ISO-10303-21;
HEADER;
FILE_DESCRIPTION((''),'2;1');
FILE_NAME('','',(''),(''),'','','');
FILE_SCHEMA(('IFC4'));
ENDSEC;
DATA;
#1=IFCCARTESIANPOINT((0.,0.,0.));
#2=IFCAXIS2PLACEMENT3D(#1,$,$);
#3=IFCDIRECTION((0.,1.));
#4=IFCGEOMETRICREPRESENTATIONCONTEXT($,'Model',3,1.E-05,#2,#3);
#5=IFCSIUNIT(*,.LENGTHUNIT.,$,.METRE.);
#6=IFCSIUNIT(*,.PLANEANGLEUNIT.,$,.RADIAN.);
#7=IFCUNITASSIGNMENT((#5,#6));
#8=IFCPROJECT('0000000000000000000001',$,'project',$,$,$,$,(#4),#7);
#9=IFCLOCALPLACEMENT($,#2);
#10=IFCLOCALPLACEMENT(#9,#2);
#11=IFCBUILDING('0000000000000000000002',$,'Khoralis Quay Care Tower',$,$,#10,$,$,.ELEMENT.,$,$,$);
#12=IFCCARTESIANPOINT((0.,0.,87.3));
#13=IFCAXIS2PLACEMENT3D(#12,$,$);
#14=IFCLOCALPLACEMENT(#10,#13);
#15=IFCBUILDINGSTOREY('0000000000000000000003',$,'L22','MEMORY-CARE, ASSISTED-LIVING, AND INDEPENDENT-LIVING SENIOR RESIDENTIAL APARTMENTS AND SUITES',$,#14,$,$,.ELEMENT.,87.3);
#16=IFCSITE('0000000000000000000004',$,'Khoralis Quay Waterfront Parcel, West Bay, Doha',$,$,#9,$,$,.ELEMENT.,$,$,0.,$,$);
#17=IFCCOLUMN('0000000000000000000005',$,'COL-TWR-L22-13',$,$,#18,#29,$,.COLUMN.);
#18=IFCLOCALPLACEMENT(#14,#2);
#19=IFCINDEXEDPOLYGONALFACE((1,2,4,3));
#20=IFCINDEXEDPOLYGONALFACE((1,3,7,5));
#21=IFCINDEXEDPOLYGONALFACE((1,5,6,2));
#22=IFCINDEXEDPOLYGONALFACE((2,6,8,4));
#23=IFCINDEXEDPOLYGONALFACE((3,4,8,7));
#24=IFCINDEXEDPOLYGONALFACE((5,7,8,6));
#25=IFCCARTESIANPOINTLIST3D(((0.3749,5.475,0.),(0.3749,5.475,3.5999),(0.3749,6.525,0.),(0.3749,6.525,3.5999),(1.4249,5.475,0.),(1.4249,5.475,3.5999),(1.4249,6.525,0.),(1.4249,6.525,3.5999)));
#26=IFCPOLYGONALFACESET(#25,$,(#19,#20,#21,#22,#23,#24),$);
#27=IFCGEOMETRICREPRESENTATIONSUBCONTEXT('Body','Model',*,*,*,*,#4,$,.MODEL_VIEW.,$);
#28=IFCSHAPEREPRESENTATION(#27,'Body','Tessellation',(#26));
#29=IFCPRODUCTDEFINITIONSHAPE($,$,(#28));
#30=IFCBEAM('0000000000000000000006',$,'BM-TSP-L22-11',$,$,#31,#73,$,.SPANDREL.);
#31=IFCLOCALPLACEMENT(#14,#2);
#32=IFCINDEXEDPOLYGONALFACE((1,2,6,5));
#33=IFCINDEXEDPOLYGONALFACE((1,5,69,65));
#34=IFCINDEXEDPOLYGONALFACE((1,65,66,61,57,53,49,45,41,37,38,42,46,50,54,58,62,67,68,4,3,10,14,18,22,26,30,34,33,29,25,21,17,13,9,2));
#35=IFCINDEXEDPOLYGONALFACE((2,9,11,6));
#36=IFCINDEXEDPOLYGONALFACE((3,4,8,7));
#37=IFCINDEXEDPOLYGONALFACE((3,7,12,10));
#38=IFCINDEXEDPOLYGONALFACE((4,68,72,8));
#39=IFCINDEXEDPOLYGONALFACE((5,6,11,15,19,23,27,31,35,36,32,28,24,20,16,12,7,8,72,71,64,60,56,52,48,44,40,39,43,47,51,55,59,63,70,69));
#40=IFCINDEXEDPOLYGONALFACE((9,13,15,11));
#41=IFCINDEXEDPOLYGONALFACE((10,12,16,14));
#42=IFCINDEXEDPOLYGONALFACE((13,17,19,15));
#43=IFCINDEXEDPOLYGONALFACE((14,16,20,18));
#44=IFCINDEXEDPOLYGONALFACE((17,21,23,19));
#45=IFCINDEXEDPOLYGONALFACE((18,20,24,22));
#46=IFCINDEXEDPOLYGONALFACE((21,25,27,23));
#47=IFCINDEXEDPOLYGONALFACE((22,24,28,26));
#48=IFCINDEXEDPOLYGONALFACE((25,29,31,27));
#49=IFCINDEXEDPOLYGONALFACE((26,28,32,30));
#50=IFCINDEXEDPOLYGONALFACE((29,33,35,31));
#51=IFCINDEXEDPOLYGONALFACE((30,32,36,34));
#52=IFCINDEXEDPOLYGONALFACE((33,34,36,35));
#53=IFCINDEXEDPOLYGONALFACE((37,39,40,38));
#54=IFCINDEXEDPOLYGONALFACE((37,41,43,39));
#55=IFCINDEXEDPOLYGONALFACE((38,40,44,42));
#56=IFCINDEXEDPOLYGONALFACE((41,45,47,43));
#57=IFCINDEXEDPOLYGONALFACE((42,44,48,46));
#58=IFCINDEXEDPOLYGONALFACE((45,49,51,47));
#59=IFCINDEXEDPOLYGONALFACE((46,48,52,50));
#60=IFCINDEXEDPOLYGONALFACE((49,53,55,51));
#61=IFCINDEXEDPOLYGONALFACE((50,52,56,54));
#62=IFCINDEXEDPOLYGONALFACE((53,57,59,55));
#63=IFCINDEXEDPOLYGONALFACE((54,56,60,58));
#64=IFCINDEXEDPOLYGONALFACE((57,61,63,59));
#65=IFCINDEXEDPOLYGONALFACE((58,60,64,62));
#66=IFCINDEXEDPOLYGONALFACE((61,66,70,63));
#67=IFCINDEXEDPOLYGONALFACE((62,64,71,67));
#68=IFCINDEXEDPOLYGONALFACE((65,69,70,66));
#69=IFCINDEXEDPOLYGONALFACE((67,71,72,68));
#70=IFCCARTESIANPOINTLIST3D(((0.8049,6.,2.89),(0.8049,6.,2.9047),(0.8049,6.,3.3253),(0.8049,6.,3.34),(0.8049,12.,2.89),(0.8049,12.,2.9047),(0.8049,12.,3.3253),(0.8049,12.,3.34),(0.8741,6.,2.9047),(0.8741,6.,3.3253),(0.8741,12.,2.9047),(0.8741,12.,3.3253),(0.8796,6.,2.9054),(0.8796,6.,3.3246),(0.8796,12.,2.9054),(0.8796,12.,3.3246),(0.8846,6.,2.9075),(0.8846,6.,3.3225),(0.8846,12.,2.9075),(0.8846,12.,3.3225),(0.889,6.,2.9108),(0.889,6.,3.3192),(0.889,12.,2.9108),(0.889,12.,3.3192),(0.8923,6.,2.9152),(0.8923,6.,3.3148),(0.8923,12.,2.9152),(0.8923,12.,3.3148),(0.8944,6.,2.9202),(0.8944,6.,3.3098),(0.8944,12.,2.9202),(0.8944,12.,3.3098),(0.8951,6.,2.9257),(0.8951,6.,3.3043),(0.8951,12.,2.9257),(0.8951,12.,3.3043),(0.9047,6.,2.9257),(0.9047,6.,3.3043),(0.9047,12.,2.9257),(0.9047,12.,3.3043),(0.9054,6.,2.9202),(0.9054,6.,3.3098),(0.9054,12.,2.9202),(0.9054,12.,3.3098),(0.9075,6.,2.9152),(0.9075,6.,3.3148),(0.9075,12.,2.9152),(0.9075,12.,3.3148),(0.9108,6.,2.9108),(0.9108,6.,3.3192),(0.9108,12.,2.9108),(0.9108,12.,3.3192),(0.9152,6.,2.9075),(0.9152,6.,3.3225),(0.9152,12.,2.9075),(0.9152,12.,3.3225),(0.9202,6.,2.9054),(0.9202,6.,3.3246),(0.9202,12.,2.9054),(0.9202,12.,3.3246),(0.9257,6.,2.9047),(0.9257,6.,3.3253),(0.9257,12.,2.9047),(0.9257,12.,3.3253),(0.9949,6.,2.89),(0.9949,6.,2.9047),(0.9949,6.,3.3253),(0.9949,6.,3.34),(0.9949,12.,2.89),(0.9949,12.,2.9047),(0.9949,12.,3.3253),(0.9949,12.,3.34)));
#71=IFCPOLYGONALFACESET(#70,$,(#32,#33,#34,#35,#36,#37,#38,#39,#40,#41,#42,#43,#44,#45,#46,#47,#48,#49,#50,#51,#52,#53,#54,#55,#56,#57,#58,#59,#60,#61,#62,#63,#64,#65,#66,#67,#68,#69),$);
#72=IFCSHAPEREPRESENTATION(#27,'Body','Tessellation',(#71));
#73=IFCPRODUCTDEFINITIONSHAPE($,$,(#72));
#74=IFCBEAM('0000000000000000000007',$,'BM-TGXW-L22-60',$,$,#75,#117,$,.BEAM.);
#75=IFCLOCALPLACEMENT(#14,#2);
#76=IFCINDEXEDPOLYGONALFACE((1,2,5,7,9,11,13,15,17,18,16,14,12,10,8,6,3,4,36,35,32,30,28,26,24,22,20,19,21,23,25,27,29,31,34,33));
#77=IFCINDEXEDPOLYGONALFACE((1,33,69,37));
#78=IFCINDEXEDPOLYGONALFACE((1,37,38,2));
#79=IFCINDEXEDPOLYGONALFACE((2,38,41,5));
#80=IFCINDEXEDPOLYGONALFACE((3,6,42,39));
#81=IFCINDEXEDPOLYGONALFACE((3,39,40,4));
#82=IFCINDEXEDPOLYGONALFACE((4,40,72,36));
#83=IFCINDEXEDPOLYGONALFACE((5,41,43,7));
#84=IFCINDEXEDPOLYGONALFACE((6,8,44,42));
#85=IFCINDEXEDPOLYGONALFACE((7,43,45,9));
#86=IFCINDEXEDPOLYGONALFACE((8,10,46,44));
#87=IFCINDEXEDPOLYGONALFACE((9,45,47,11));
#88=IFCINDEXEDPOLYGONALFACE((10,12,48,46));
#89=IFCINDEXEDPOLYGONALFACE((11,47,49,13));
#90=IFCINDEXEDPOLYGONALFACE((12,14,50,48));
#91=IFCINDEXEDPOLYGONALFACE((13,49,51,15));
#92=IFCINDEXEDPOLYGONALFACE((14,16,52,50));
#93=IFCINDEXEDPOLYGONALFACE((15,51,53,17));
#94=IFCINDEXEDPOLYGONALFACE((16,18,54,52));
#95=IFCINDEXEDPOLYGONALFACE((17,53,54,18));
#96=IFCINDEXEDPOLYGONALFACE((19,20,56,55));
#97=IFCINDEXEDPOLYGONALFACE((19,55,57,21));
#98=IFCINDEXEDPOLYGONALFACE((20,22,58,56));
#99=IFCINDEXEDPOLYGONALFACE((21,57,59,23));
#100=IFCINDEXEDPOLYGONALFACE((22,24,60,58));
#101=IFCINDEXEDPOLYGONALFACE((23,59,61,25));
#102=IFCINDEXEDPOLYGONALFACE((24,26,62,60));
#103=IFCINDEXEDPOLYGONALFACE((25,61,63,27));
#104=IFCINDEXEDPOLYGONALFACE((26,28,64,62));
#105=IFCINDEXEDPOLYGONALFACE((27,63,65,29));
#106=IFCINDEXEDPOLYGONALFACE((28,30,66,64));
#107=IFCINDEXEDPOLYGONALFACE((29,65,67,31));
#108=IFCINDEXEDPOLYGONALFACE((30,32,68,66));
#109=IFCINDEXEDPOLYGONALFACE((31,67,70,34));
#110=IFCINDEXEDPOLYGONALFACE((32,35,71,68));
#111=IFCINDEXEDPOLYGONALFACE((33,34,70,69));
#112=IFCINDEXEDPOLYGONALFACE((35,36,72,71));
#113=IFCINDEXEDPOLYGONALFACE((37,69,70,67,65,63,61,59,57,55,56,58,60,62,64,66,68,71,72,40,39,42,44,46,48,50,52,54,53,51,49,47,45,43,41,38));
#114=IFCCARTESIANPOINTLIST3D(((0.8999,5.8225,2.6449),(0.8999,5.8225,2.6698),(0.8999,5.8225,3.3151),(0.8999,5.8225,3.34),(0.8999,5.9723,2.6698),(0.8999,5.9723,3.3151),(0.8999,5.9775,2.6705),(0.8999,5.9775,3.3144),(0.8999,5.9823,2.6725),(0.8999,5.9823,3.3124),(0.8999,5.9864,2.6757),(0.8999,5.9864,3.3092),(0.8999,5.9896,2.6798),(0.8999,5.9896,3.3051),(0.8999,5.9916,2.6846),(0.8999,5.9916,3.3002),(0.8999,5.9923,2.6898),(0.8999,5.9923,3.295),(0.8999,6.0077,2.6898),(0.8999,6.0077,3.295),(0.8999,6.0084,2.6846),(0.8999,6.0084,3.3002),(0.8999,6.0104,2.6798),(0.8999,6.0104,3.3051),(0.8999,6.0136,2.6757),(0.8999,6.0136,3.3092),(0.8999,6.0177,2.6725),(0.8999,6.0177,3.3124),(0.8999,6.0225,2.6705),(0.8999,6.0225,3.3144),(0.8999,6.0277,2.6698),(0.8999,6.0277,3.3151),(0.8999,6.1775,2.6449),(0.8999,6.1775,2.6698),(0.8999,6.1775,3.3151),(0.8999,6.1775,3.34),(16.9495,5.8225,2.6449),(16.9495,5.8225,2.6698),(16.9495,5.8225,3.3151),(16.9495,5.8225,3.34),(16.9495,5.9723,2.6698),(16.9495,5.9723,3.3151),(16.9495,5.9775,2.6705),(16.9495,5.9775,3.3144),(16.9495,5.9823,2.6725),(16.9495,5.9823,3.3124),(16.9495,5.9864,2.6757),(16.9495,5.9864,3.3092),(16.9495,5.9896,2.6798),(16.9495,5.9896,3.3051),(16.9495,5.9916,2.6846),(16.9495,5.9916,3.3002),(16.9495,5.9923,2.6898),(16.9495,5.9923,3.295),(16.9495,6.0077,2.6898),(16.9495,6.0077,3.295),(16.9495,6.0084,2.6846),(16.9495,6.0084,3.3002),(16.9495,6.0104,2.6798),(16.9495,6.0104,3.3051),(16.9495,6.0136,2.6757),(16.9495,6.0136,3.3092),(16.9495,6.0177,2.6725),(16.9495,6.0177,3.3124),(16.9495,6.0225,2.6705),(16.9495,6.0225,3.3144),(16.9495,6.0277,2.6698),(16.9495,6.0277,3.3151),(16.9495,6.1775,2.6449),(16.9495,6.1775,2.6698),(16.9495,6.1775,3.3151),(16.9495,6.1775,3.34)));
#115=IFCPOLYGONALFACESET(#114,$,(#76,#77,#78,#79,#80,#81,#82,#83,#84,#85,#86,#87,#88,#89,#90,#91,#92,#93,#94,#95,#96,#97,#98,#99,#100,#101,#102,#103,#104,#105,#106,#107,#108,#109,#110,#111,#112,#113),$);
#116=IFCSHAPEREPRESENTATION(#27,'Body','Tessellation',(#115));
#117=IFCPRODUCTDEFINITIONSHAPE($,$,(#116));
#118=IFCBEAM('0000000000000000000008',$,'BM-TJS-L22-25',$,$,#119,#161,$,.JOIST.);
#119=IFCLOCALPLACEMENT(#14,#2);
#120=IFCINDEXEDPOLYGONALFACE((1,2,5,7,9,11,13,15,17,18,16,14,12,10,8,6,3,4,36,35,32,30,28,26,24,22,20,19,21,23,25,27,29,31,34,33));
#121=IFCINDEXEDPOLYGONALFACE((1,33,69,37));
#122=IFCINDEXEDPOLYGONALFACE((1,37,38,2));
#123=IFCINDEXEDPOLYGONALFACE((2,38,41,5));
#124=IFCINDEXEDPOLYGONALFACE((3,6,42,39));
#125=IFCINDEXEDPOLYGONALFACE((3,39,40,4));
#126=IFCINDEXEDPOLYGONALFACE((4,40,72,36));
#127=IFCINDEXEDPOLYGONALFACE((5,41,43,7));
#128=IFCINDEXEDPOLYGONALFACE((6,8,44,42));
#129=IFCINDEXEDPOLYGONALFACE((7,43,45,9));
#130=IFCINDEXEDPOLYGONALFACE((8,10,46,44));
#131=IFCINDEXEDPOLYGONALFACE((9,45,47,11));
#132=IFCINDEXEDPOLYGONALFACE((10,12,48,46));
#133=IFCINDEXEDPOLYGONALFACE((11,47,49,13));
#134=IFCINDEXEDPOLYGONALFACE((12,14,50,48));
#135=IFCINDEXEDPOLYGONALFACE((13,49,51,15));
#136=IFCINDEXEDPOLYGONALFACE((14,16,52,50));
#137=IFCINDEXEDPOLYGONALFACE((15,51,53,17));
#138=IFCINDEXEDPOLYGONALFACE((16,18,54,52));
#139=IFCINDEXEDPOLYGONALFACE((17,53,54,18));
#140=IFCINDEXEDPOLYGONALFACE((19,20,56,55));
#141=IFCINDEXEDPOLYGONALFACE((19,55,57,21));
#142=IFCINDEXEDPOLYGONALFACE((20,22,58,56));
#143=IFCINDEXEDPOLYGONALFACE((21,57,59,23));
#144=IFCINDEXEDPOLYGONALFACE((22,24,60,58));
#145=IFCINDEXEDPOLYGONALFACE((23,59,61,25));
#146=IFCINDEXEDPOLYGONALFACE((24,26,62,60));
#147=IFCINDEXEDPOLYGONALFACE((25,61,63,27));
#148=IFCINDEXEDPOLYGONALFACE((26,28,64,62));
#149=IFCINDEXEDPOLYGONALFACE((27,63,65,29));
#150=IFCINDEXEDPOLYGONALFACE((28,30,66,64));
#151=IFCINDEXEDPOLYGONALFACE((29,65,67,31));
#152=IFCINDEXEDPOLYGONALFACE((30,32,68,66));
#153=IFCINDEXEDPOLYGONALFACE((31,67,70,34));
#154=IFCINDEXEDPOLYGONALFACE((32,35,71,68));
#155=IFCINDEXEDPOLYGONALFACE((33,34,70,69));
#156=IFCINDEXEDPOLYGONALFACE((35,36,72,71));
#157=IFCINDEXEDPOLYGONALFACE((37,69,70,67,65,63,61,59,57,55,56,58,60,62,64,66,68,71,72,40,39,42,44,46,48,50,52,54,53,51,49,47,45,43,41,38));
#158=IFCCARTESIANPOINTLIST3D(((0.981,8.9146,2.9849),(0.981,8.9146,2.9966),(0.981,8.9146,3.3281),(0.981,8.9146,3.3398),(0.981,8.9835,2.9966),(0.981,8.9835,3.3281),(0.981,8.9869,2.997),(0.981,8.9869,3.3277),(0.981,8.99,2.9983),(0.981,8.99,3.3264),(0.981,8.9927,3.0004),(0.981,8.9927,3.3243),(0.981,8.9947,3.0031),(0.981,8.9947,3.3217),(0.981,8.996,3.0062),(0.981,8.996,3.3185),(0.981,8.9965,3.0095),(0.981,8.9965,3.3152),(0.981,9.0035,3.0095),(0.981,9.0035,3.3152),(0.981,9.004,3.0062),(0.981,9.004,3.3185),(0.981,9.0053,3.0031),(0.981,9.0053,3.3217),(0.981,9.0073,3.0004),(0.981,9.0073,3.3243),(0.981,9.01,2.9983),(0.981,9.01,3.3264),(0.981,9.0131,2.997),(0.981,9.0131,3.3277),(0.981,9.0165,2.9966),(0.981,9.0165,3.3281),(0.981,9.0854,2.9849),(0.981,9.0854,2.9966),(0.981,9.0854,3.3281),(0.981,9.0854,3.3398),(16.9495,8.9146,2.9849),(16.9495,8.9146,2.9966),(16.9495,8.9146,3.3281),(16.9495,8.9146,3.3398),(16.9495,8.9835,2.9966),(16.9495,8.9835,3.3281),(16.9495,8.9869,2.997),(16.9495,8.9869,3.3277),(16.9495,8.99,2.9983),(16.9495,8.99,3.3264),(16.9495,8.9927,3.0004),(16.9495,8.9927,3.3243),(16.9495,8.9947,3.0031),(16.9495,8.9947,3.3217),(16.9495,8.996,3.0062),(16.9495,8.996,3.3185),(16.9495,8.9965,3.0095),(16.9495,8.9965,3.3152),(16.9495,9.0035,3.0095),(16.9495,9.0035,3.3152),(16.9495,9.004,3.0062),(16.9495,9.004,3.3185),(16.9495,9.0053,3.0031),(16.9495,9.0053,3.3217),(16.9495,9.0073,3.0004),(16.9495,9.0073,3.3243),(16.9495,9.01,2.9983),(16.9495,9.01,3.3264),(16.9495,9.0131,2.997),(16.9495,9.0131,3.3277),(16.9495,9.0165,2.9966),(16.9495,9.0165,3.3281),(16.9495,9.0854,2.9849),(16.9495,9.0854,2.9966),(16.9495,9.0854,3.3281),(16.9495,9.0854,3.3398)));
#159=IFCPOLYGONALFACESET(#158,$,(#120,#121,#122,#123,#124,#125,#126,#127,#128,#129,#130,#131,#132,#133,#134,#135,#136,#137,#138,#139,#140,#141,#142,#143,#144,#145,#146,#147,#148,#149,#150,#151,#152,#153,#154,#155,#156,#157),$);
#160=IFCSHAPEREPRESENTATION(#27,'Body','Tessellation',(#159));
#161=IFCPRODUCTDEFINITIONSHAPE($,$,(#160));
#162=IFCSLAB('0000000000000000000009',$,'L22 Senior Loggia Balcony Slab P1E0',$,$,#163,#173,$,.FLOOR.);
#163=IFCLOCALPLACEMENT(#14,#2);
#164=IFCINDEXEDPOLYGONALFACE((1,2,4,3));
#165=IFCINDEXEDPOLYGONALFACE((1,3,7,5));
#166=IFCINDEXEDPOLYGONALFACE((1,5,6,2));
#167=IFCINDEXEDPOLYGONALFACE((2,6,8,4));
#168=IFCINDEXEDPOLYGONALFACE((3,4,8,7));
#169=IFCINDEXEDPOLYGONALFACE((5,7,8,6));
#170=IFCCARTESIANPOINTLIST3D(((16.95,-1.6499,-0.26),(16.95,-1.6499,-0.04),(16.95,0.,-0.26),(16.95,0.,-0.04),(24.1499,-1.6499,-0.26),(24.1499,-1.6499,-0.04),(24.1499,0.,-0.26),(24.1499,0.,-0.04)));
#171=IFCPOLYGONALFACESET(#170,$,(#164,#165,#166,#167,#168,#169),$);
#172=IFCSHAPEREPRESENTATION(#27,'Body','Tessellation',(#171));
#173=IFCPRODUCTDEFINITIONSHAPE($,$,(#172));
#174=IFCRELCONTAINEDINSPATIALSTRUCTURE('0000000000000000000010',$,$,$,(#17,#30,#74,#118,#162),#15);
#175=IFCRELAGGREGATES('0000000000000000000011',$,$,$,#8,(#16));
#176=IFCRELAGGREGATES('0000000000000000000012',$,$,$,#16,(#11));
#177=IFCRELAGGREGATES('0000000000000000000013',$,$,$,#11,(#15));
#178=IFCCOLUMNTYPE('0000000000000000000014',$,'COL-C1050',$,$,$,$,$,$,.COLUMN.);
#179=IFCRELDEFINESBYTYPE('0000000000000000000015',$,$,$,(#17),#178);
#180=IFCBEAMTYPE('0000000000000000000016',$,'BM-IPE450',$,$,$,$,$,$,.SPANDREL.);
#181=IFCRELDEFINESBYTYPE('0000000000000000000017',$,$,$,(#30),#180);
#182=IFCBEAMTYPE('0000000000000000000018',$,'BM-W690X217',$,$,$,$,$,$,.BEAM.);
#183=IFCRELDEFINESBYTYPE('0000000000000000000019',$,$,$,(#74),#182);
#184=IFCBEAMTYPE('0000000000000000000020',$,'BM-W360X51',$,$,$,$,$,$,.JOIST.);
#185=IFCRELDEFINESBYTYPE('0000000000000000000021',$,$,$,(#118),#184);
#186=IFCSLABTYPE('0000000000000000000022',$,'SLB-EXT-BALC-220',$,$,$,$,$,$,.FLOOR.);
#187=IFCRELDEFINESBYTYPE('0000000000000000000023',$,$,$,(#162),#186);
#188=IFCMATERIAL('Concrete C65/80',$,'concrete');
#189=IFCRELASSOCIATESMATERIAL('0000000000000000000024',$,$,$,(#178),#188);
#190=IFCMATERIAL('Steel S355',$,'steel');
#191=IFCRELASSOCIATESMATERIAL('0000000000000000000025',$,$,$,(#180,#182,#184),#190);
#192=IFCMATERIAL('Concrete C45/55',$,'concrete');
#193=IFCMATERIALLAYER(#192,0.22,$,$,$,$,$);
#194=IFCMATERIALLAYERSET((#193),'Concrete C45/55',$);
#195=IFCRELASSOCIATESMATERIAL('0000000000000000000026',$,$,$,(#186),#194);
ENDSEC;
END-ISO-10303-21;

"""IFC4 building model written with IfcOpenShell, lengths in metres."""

from ifc_helpers import new_model, si_unit, direction, frame, origin, origin_2d, place, context, subcontext, project, spatial, polyline, rectangle, i_section, outline, extrude, source, transform, mapped, material, layer, layer_set, material_profile, profile_set, type_object, element, save


model = new_model("IFC4")

# Units and contexts
model_context = context("Model", 3, precision=1e-05, world=origin(), true_north=direction((0.0, 1.0)))
body_context = subcontext(model_context, "Body", "Model", "MODEL_VIEW")
ifc_project = project(units=[si_unit("LENGTHUNIT", "METRE"), si_unit("PLANEANGLEUNIT", "RADIAN")], contexts=[model_context])

# Site, building, storey
site_placement = place(None, origin())
site = spatial("IfcSite", under=ifc_project, at=site_placement, Name="Khoralis Quay Waterfront Parcel, West Bay, Doha", CompositionType="ELEMENT", RefElevation=0.0)
building_placement = place(site_placement, origin())
building = spatial("IfcBuilding", under=site, at=building_placement, Name="Khoralis Quay Care Tower", CompositionType="ELEMENT")
storey_placement = place(building_placement, frame((0.0, 0.0, 87.3)))
storey = spatial("IfcBuildingStorey", under=building, at=storey_placement, Name="L22", Description="MEMORY-CARE, ASSISTED-LIVING, AND INDEPENDENT-LIVING SENIOR RESIDENTIAL APARTMENTS AND SUITES", CompositionType="ELEMENT", Elevation=87.3)

# Column
ifc_material_1 = material(Name="Concrete C65/80", Category="concrete")
ifc_material_profile_1 = material_profile(ifc_material_1, rectangle(XDim=1.05, YDim=1.05, at=origin_2d()), Name="Concrete C65/80")
ifc_profile_set_1 = profile_set([ifc_material_profile_1], Name="Concrete C65/80")
column_type = type_object("IfcColumnType", Name="COL-C1050", PredefinedType="COLUMN", material=ifc_profile_set_1)
shared_shape_1 = source(origin(), body_context, "Body", "SweptSolid", [
    extrude(rectangle(XDim=1.05, YDim=1.05, at=origin_2d()), origin(), (0.0, 0.0, 1.0), 3.5999),
])
column_placement = place(storey_placement, frame((0.8999, 6.0, 0.0), z_axis=(0.0, 0.0, 1.0), x_axis=(1.0, 0.0, 0.0)))
element("IfcColumn", 1, at=column_placement, inside=storey, type_object=column_type, Name="COL-TWR-L22-13", PredefinedType="COLUMN", context=body_context, shape_type="MappedRepresentation", body=[
    mapped(shared_shape_1, transform((0.0, 0.0, 0.0), scale=1.0)),
])

# Beams
ifc_material_2 = material(Name="Steel S355", Category="steel")
ifc_material_profile_2 = material_profile(ifc_material_2, i_section(OverallWidth=0.1899, OverallDepth=0.45, WebThickness=0.0095, FlangeThickness=0.0146, FilletRadius=0.021, at=origin_2d()), Name="Steel S355")
ifc_profile_set_2 = profile_set([ifc_material_profile_2], Name="Steel S355")
beam_type_1 = type_object("IfcBeamType", Name="BM-IPE450", PredefinedType="SPANDREL", material=ifc_profile_set_2)
shared_shape_2 = source(origin(), body_context, "Body", "SweptSolid", [
    extrude(i_section(OverallWidth=0.1899, OverallDepth=0.45, WebThickness=0.0095, FlangeThickness=0.0146, FilletRadius=0.021, at=origin_2d()), origin(), (0.0, 0.0, 1.0), 6.0),
])
beam_1_placement = place(storey_placement, frame((0.8999, 6.0, 3.115), z_axis=(0.0, 1.0, 0.0), x_axis=(-1.0, 0.0, 0.0)))
element("IfcBeam", 2, at=beam_1_placement, inside=storey, type_object=beam_type_1, Name="BM-TSP-L22-11", PredefinedType="SPANDREL", context=body_context, shape_type="MappedRepresentation", body=[
    mapped(shared_shape_2, transform((0.0, 0.0, 0.0), scale=1.0)),
])
ifc_material_profile_3 = material_profile(ifc_material_2, i_section(OverallWidth=0.355, OverallDepth=0.6951, WebThickness=0.0154, FlangeThickness=0.0249, FilletRadius=0.02, at=origin_2d()), Name="Steel S355")
ifc_profile_set_3 = profile_set([ifc_material_profile_3], Name="Steel S355")
beam_type_2 = type_object("IfcBeamType", Name="BM-W690X217", PredefinedType="BEAM", material=ifc_profile_set_3)
shared_shape_3 = source(origin(), body_context, "Body", "SweptSolid", [
    extrude(i_section(OverallWidth=0.355, OverallDepth=0.6951, WebThickness=0.0154, FlangeThickness=0.0249, FilletRadius=0.02, at=origin_2d()), origin(), (0.0, 0.0, 1.0), 16.0496),
])
beam_2_placement = place(storey_placement, frame((0.8999, 6.0, 2.9924), z_axis=(1.0, 0.0, 0.0), x_axis=(0.0, 1.0, 0.0)))
element("IfcBeam", 3, at=beam_2_placement, inside=storey, type_object=beam_type_2, Name="BM-TGXW-L22-60", PredefinedType="BEAM", context=body_context, shape_type="MappedRepresentation", body=[
    mapped(shared_shape_3, transform((0.0, 0.0, 0.0), scale=1.0)),
])
ifc_material_profile_4 = material_profile(ifc_material_2, i_section(OverallWidth=0.1709, OverallDepth=0.355, WebThickness=0.0071, FlangeThickness=0.0117, FilletRadius=0.0129, at=origin_2d()), Name="Steel S355")
ifc_profile_set_4 = profile_set([ifc_material_profile_4], Name="Steel S355")
beam_type_3 = type_object("IfcBeamType", Name="BM-W360X51", PredefinedType="JOIST", material=ifc_profile_set_4)
shared_shape_4 = source(origin(), body_context, "Body", "SweptSolid", [
    extrude(i_section(OverallWidth=0.1709, OverallDepth=0.355, WebThickness=0.0071, FlangeThickness=0.0117, FilletRadius=0.0129, at=origin_2d()), origin(), (0.0, 0.0, 1.0), 15.9685),
])
beam_3_placement = place(storey_placement, frame((0.981, 9.0, 3.1624), z_axis=(1.0, 0.0, 0.0), x_axis=(0.0, 1.0, 0.0)))
element("IfcBeam", 4, at=beam_3_placement, inside=storey, type_object=beam_type_3, Name="BM-TJS-L22-25", PredefinedType="JOIST", context=body_context, shape_type="MappedRepresentation", body=[
    mapped(shared_shape_4, transform((0.0, 0.0, 0.0), scale=1.0)),
])

# Slab
ifc_material_3 = material(Name="Concrete C45/55", Category="concrete")
ifc_layer_1 = layer(ifc_material_3, 0.22)
ifc_layer_set_1 = layer_set([ifc_layer_1], Name="Concrete C45/55")
slab_type_1 = type_object("IfcSlabType", Name="SLB-EXT-BALC-220", PredefinedType="FLOOR", material=ifc_layer_set_1)
slab_1_placement = place(storey_placement, frame((0.0, 0.0, -0.26)))
element("IfcSlab", 5, at=slab_1_placement, inside=storey, type_object=slab_type_1, Name="L22 Senior Loggia Balcony Slab P1E0", PredefinedType="FLOOR", context=body_context, shape_type="SweptSolid", body=[
    extrude(outline(polyline([(16.95, -1.6499), (24.1499, -1.6499), (24.1499, 0.0), (16.95, 0.0), (16.95, -1.6499)])), origin(), (0.0, 0.0, 1.0), 0.22),
])

save(model, "model.ifc")
